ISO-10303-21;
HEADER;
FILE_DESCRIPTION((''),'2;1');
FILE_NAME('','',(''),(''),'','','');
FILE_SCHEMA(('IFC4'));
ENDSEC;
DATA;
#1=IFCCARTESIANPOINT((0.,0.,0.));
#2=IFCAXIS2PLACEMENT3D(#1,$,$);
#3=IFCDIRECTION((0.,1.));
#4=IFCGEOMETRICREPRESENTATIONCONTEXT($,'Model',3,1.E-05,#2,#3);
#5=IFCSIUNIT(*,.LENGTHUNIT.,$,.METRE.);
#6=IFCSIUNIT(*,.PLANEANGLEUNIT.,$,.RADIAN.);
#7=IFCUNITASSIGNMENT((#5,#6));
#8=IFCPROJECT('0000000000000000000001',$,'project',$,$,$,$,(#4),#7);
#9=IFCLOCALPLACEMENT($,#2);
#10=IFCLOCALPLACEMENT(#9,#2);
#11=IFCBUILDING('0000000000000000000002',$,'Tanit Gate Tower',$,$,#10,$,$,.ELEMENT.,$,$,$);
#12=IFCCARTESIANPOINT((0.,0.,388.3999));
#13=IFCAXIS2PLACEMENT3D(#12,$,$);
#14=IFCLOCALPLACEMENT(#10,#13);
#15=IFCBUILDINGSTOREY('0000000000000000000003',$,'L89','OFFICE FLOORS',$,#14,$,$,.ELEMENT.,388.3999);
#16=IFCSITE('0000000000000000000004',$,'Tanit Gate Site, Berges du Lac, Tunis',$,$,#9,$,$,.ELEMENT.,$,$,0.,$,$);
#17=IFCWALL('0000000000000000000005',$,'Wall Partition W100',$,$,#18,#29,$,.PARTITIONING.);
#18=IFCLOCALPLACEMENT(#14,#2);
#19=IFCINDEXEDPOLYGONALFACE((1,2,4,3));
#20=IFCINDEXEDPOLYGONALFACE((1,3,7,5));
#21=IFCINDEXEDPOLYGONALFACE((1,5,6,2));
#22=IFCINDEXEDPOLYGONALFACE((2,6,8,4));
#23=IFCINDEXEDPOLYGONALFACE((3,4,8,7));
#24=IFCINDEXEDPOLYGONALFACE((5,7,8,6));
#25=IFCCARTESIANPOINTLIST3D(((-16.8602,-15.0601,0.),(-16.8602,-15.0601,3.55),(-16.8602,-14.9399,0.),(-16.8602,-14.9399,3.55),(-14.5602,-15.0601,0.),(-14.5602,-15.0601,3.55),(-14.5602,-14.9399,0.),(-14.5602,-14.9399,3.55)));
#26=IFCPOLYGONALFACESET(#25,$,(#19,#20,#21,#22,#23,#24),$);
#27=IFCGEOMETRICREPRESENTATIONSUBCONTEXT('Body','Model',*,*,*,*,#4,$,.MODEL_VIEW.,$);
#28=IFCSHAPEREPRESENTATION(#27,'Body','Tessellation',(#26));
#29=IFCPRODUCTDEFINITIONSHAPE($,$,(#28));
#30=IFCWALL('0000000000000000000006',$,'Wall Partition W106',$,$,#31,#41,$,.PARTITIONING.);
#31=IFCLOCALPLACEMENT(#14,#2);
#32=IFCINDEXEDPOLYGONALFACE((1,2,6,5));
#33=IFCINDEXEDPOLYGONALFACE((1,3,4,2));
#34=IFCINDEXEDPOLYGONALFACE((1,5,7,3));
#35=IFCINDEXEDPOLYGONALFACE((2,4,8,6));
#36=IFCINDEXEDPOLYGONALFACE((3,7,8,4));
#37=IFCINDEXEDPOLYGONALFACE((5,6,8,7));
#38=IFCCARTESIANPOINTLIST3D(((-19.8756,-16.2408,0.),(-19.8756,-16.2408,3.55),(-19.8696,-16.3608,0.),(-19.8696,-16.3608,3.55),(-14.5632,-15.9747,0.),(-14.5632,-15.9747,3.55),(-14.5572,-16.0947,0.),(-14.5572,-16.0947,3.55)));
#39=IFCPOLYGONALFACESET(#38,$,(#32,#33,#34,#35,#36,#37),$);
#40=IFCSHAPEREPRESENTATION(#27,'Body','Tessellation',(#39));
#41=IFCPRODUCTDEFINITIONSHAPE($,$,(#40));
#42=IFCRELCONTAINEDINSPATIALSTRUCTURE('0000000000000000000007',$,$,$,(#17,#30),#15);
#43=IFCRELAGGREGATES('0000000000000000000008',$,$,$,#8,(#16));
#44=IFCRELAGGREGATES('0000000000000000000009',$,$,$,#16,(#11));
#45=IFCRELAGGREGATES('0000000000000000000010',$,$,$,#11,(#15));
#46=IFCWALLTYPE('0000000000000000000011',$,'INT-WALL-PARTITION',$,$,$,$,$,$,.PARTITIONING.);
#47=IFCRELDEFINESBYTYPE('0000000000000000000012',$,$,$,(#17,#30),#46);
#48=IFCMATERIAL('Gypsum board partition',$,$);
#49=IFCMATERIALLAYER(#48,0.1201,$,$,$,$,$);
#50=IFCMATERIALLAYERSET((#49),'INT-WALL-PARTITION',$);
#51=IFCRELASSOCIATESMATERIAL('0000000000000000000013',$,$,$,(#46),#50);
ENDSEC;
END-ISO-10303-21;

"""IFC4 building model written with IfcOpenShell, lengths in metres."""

from ifc_helpers import new_model, si_unit, direction, frame, frame_2d, origin, place, context, subcontext, project, spatial, rectangle, extrude, material, layer, layer_set, type_object, element, save


model = new_model("IFC4")

# Units and contexts
model_context = context("Model", 3, precision=1e-05, world=origin(), true_north=direction((0.0, 1.0)))
body_context = subcontext(model_context, "Body", "Model", "MODEL_VIEW")
ifc_project = project(units=[si_unit("LENGTHUNIT", "METRE"), si_unit("PLANEANGLEUNIT", "RADIAN")], contexts=[model_context])

# Site, building, storey
site_placement = place(None, origin())
site = spatial("IfcSite", under=ifc_project, at=site_placement, Name="Tanit Gate Site, Berges du Lac, Tunis", CompositionType="ELEMENT", RefElevation=0.0)
building_placement = place(site_placement, origin())
building = spatial("IfcBuilding", under=site, at=building_placement, Name="Tanit Gate Tower", CompositionType="ELEMENT")
storey_placement = place(building_placement, frame((0.0, 0.0, 388.3999)))
storey = spatial("IfcBuildingStorey", under=building, at=storey_placement, Name="L89", Description="OFFICE FLOORS", CompositionType="ELEMENT", Elevation=388.3999)

# Shared definitions
ifc_material_1 = material(Name="Gypsum board partition")
ifc_layer_1 = layer(ifc_material_1, 0.1201)
ifc_layer_set_1 = layer_set([ifc_layer_1], Name="INT-WALL-PARTITION")
wall_type_1 = type_object("IfcWallType", Name="INT-WALL-PARTITION", PredefinedType="PARTITIONING", material=ifc_layer_set_1)

# Walls
wall_1_placement = place(storey_placement, frame((-16.8601, -15.0, 0.0), z_axis=(0.0, 0.0, 1.0), x_axis=(1.0, 0.0, 0.0)))
element("IfcWall", 1, at=wall_1_placement, inside=storey, type_object=wall_type_1, Name="Wall Partition W100", PredefinedType="PARTITIONING", context=body_context, shape_type="SweptSolid", body=[
    extrude(rectangle(XDim=2.3, YDim=0.1201, at=frame_2d((1.1499, 0.0))), origin(), (0.0, 0.0, 1.0), 3.55),
])
wall_2_placement = place(storey_placement, frame((-14.5601, -16.0347, 0.0), z_axis=(0.0, 0.0, 1.0), x_axis=(-0.998748, -0.050029, 0.0)))
element("IfcWall", 2, at=wall_2_placement, inside=storey, type_object=wall_type_1, Name="Wall Partition W106", PredefinedType="PARTITIONING", context=body_context, shape_type="SweptSolid", body=[
    extrude(rectangle(XDim=5.3191, YDim=0.1201, at=frame_2d((2.6597, 0.0))), origin(), (0.0, 0.0, 1.0), 3.55),
])

save(model, "model.ifc")
